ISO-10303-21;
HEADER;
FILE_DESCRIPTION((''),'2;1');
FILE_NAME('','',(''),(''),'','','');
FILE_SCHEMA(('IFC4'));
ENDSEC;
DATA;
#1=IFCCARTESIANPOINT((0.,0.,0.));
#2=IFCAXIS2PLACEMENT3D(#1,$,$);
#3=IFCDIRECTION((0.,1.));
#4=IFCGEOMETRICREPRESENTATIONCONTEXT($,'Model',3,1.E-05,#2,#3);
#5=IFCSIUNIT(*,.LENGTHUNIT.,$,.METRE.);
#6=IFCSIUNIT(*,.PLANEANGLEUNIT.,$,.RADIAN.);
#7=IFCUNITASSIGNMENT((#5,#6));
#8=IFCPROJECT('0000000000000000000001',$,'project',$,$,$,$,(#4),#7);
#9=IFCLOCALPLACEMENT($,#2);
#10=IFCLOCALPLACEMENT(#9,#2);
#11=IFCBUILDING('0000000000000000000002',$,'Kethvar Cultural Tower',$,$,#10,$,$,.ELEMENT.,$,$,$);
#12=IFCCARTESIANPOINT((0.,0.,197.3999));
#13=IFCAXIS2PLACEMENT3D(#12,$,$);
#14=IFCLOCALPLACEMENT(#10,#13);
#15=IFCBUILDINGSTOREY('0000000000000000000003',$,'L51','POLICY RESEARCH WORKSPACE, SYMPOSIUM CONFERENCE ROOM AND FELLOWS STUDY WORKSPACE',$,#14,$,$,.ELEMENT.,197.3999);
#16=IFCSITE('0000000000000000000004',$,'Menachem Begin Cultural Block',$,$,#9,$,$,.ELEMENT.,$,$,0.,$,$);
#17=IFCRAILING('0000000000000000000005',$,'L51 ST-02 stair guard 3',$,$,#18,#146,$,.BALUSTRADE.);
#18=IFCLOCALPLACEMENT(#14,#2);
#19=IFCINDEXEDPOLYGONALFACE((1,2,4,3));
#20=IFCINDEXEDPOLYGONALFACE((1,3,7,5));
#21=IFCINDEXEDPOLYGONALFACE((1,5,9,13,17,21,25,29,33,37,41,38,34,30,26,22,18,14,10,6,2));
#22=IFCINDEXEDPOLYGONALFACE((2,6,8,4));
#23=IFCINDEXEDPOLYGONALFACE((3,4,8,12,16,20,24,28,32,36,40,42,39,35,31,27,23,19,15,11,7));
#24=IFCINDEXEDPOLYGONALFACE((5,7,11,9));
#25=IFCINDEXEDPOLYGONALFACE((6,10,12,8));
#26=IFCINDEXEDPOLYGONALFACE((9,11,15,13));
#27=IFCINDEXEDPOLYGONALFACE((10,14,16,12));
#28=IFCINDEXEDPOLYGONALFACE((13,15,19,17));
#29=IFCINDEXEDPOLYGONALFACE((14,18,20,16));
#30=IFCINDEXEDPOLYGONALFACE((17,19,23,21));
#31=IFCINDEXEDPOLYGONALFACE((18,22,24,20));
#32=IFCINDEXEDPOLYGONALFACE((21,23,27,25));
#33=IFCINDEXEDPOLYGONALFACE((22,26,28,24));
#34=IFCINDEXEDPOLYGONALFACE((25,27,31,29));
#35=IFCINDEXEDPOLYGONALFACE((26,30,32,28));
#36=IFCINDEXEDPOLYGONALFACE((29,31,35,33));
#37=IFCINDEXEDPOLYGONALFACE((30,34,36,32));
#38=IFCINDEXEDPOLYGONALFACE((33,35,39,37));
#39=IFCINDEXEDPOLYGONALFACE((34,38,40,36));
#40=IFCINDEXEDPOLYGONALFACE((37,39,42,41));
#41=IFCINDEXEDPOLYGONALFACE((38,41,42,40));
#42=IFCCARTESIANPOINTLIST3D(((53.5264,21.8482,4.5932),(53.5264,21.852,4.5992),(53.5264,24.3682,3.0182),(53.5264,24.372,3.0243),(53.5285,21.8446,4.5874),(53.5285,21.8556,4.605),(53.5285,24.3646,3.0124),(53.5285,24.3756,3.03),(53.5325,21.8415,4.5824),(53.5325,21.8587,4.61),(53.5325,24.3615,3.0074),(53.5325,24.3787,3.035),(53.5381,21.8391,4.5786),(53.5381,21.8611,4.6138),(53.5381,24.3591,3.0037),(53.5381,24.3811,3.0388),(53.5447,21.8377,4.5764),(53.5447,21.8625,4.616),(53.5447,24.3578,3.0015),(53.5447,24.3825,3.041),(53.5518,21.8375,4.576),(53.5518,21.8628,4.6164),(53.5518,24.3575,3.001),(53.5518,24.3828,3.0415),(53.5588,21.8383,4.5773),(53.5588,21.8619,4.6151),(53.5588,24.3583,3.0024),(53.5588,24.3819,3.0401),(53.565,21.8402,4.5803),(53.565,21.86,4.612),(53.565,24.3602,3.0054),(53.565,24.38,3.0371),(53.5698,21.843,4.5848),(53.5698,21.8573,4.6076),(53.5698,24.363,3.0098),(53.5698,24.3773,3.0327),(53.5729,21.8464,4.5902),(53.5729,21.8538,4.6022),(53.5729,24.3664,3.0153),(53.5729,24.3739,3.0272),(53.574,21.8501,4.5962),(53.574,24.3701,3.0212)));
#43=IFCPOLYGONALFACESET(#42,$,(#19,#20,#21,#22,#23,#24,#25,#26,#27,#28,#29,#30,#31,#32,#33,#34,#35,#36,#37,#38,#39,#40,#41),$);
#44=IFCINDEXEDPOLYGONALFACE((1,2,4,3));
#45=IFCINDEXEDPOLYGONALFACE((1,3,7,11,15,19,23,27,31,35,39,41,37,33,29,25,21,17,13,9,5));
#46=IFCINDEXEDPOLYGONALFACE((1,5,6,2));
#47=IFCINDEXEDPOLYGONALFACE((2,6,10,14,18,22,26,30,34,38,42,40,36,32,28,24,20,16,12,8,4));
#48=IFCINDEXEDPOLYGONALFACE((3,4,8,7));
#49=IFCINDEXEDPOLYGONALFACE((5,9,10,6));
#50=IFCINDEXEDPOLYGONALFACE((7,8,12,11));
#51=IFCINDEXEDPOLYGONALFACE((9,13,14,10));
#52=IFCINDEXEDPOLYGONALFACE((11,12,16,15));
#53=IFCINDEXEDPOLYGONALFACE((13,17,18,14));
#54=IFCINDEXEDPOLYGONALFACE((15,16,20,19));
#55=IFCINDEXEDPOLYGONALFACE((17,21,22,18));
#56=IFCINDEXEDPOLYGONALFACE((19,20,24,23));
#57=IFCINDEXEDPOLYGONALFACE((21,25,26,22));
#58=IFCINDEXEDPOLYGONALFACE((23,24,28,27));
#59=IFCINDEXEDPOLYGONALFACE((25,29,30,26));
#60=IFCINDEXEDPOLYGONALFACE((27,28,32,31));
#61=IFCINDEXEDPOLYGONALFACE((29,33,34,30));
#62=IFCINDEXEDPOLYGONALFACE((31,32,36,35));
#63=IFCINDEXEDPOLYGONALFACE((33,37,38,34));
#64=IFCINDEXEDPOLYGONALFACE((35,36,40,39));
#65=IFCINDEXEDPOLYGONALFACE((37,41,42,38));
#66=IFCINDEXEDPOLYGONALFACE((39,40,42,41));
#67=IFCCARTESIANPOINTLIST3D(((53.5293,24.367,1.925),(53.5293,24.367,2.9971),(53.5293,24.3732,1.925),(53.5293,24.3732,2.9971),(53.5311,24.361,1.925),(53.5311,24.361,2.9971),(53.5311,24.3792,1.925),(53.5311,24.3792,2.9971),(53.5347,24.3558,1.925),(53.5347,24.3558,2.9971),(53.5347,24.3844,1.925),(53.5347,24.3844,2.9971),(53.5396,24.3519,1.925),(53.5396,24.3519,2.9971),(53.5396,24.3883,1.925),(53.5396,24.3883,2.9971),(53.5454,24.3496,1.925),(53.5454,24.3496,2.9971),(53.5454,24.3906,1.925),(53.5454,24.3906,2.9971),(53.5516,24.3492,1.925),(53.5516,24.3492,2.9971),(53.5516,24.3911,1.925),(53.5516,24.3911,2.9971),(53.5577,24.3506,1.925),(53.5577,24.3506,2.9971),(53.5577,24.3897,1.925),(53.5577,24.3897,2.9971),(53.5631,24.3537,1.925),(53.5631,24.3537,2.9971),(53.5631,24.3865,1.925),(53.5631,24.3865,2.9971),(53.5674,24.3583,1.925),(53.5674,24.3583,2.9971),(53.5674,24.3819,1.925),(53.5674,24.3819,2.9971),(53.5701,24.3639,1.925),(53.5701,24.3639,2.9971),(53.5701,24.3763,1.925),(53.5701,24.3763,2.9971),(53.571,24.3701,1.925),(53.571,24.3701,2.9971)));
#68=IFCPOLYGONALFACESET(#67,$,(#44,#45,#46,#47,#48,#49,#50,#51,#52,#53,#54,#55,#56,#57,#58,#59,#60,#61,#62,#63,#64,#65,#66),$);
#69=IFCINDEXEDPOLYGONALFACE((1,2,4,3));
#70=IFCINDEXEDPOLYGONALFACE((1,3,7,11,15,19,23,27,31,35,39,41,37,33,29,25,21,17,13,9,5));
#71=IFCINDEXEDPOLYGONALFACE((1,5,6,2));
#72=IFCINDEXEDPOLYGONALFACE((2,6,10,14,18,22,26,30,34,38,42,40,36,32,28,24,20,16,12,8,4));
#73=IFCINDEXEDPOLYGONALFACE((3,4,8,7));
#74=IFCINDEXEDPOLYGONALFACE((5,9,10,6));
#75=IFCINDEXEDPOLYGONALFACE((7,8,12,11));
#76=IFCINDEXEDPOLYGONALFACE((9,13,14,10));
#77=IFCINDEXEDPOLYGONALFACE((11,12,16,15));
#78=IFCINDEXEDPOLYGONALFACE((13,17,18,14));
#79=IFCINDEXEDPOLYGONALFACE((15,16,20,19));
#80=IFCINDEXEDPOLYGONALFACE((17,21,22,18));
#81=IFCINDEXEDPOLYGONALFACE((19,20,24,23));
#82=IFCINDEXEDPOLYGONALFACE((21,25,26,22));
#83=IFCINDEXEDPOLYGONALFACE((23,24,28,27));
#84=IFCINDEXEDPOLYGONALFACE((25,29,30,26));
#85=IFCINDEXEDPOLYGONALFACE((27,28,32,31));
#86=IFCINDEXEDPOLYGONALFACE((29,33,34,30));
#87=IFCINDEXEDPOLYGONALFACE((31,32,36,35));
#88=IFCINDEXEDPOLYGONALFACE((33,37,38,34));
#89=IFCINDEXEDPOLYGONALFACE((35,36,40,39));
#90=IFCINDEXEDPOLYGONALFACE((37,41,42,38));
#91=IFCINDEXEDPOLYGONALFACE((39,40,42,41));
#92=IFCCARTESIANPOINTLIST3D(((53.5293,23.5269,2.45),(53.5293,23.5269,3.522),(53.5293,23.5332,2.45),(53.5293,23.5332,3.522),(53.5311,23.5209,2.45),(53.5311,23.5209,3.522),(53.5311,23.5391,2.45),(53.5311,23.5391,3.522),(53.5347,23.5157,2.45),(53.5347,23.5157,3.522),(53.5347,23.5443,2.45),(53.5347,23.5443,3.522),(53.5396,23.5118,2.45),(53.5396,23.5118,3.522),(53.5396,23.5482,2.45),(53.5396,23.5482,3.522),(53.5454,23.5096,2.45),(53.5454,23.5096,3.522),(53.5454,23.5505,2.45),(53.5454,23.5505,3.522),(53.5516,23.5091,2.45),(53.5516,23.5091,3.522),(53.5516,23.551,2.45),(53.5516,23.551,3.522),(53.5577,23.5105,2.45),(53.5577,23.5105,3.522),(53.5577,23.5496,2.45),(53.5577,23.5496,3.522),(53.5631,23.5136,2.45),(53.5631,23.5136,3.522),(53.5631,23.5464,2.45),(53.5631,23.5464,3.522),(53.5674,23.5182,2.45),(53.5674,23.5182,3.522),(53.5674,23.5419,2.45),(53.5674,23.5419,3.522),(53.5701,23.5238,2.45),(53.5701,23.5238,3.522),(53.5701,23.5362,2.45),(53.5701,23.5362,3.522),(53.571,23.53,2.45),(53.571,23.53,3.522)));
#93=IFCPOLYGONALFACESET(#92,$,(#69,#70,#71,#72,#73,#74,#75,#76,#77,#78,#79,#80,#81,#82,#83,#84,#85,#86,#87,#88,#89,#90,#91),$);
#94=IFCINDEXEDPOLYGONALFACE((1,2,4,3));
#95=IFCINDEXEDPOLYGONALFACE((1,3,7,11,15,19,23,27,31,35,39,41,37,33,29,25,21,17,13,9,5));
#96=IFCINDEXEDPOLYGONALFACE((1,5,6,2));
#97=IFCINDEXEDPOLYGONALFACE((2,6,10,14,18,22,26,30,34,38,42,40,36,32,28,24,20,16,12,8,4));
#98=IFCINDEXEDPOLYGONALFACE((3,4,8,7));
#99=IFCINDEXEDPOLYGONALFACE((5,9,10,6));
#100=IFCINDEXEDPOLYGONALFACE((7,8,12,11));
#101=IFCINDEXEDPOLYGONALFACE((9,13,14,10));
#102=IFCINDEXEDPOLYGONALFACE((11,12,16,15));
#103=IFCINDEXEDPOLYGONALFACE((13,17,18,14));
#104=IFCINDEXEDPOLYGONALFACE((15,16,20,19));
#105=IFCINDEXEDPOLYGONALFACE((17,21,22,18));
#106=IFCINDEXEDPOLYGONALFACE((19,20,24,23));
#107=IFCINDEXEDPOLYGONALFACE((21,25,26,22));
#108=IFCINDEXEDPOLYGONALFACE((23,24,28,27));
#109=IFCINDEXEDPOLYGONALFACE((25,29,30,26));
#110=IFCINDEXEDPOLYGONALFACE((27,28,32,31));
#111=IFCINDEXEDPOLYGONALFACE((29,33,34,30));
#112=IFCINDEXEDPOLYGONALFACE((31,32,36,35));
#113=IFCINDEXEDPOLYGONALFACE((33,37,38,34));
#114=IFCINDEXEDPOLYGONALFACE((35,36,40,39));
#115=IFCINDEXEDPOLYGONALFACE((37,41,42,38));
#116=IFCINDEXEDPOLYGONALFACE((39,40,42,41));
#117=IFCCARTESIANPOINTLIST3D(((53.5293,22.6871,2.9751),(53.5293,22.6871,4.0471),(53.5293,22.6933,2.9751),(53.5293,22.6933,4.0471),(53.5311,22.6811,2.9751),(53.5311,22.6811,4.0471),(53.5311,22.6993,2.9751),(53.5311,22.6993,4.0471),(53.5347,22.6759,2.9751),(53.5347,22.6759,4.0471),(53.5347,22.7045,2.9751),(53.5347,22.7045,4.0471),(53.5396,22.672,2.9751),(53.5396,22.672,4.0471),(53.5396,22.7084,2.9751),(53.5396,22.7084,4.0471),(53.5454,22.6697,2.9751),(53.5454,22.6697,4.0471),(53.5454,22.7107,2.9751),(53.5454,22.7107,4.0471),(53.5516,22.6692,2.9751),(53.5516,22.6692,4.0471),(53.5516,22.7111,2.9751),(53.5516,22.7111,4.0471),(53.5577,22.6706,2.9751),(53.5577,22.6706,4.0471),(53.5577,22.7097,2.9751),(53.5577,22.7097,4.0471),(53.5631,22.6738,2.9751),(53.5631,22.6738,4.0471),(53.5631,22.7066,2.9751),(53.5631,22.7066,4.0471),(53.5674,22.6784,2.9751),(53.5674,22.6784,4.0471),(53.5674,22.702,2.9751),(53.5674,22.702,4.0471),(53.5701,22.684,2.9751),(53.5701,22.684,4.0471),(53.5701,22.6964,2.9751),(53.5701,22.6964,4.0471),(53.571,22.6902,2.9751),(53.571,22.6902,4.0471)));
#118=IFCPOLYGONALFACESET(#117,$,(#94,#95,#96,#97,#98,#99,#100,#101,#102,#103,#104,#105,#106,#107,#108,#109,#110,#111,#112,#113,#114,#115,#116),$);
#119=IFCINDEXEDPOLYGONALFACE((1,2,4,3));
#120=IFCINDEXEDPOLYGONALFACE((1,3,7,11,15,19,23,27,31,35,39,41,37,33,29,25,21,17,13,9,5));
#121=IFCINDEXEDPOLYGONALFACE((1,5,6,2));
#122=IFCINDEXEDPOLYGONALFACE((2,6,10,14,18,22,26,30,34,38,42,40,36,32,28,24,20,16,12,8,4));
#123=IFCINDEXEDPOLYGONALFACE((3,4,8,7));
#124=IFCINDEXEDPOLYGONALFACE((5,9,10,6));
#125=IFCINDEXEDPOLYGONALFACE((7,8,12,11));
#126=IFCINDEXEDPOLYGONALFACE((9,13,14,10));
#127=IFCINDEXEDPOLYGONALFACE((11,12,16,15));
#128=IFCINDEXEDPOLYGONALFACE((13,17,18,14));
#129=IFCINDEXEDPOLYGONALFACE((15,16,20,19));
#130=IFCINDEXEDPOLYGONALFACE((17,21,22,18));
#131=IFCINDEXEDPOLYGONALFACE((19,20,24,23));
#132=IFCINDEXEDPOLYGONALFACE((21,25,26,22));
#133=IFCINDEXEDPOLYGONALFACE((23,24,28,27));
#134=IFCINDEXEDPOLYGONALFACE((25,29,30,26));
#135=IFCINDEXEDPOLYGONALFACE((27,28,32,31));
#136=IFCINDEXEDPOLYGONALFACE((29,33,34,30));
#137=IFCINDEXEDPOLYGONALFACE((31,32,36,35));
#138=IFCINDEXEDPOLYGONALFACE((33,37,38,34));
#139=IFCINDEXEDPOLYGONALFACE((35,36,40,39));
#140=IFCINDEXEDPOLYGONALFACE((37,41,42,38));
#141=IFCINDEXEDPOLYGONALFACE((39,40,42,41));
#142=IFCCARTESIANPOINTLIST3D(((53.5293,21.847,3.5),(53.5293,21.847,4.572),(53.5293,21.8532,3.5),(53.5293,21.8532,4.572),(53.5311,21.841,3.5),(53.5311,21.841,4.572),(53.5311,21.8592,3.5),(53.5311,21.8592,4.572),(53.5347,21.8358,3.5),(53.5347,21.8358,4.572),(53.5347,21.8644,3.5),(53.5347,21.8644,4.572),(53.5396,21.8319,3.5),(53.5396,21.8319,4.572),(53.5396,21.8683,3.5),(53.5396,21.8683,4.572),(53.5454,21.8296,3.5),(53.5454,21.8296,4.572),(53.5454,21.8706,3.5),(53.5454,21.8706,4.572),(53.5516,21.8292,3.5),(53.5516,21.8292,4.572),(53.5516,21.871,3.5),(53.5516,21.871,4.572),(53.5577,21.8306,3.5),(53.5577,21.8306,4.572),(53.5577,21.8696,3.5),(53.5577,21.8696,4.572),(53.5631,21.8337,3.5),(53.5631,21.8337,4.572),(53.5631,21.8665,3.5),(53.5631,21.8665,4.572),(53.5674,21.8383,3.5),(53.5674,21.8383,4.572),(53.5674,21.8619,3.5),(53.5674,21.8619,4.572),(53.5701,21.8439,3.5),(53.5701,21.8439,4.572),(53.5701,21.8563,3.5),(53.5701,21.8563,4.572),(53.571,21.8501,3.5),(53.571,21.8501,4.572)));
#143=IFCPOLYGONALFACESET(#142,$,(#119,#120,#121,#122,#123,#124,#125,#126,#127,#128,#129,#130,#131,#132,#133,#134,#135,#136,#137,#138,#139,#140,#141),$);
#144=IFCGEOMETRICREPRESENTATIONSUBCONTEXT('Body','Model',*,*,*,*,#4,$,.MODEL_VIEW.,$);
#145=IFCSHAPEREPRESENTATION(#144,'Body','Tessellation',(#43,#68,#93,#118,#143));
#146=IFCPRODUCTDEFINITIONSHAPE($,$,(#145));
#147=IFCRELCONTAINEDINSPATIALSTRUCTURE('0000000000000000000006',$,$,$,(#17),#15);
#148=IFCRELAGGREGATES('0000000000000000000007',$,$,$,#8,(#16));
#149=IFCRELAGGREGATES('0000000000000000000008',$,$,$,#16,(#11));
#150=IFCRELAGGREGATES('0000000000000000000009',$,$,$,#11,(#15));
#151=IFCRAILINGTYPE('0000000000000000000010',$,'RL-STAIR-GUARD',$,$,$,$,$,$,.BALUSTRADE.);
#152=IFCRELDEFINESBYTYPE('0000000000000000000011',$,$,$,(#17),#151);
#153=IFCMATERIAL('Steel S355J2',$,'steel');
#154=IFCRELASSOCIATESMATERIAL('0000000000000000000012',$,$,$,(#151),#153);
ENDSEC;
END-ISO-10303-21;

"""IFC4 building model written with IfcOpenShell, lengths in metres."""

from ifc_helpers import new_model, si_unit, direction, frame, origin, origin_2d, place, context, subcontext, project, spatial, circle, extrude, material, type_object, element, save


model = new_model("IFC4")

# Units and contexts
model_context = context("Model", 3, precision=1e-05, world=origin(), true_north=direction((0.0, 1.0)))
body_context = subcontext(model_context, "Body", "Model", "MODEL_VIEW")
ifc_project = project(units=[si_unit("LENGTHUNIT", "METRE"), si_unit("PLANEANGLEUNIT", "RADIAN")], contexts=[model_context])

# Site, building, storey
site_placement = place(None, origin())
site = spatial("IfcSite", under=ifc_project, at=site_placement, Name="Menachem Begin Cultural Block", CompositionType="ELEMENT", RefElevation=0.0)
building_placement = place(site_placement, origin())
building = spatial("IfcBuilding", under=site, at=building_placement, Name="Kethvar Cultural Tower", CompositionType="ELEMENT")
storey_placement = place(building_placement, frame((0.0, 0.0, 197.3999)))
storey = spatial("IfcBuildingStorey", under=building, at=storey_placement, Name="L51", Description="POLICY RESEARCH WORKSPACE, SYMPOSIUM CONFERENCE ROOM AND FELLOWS STUDY WORKSPACE", CompositionType="ELEMENT", Elevation=197.3999)

# Shared definitions
ifc_material_1 = material(Name="Steel S355J2", Category="steel")

# Railing
railing_type_1 = type_object("IfcRailingType", Name="RL-STAIR-GUARD", PredefinedType="BALUSTRADE", material=ifc_material_1)
railing_1_placement = place(storey_placement, frame((53.55, 24.3701, 1.925)))
element("IfcRailing", 1, at=railing_1_placement, inside=storey, type_object=railing_type_1, Name="L51 ST-02 stair guard 3", PredefinedType="BALUSTRADE", context=body_context, shape_type="SweptSolid", body=[
    extrude(circle(Radius=0.0239, at=origin_2d()), frame((0.0, 0.0, 1.0962), z_axis=(0.0, -0.848008, 0.529984), x_axis=(1.0, 0.0, 0.0)), (0.0, 0.0, 1.0), 2.9717),
    extrude(circle(Radius=0.021, at=origin_2d()), origin(), (0.0, 0.0, 1.0), 1.072),
    extrude(circle(Radius=0.021, at=origin_2d()), frame((0.0, -0.8401, 0.5249)), (0.0, 0.0, 1.0), 1.072),
    extrude(circle(Radius=0.021, at=origin_2d()), frame((0.0, -1.6799, 1.05)), (0.0, 0.0, 1.0), 1.072),
    extrude(circle(Radius=0.021, at=origin_2d()), frame((0.0, -2.52, 1.575)), (0.0, 0.0, 1.0), 1.072),
])

save(model, "model.ifc")
